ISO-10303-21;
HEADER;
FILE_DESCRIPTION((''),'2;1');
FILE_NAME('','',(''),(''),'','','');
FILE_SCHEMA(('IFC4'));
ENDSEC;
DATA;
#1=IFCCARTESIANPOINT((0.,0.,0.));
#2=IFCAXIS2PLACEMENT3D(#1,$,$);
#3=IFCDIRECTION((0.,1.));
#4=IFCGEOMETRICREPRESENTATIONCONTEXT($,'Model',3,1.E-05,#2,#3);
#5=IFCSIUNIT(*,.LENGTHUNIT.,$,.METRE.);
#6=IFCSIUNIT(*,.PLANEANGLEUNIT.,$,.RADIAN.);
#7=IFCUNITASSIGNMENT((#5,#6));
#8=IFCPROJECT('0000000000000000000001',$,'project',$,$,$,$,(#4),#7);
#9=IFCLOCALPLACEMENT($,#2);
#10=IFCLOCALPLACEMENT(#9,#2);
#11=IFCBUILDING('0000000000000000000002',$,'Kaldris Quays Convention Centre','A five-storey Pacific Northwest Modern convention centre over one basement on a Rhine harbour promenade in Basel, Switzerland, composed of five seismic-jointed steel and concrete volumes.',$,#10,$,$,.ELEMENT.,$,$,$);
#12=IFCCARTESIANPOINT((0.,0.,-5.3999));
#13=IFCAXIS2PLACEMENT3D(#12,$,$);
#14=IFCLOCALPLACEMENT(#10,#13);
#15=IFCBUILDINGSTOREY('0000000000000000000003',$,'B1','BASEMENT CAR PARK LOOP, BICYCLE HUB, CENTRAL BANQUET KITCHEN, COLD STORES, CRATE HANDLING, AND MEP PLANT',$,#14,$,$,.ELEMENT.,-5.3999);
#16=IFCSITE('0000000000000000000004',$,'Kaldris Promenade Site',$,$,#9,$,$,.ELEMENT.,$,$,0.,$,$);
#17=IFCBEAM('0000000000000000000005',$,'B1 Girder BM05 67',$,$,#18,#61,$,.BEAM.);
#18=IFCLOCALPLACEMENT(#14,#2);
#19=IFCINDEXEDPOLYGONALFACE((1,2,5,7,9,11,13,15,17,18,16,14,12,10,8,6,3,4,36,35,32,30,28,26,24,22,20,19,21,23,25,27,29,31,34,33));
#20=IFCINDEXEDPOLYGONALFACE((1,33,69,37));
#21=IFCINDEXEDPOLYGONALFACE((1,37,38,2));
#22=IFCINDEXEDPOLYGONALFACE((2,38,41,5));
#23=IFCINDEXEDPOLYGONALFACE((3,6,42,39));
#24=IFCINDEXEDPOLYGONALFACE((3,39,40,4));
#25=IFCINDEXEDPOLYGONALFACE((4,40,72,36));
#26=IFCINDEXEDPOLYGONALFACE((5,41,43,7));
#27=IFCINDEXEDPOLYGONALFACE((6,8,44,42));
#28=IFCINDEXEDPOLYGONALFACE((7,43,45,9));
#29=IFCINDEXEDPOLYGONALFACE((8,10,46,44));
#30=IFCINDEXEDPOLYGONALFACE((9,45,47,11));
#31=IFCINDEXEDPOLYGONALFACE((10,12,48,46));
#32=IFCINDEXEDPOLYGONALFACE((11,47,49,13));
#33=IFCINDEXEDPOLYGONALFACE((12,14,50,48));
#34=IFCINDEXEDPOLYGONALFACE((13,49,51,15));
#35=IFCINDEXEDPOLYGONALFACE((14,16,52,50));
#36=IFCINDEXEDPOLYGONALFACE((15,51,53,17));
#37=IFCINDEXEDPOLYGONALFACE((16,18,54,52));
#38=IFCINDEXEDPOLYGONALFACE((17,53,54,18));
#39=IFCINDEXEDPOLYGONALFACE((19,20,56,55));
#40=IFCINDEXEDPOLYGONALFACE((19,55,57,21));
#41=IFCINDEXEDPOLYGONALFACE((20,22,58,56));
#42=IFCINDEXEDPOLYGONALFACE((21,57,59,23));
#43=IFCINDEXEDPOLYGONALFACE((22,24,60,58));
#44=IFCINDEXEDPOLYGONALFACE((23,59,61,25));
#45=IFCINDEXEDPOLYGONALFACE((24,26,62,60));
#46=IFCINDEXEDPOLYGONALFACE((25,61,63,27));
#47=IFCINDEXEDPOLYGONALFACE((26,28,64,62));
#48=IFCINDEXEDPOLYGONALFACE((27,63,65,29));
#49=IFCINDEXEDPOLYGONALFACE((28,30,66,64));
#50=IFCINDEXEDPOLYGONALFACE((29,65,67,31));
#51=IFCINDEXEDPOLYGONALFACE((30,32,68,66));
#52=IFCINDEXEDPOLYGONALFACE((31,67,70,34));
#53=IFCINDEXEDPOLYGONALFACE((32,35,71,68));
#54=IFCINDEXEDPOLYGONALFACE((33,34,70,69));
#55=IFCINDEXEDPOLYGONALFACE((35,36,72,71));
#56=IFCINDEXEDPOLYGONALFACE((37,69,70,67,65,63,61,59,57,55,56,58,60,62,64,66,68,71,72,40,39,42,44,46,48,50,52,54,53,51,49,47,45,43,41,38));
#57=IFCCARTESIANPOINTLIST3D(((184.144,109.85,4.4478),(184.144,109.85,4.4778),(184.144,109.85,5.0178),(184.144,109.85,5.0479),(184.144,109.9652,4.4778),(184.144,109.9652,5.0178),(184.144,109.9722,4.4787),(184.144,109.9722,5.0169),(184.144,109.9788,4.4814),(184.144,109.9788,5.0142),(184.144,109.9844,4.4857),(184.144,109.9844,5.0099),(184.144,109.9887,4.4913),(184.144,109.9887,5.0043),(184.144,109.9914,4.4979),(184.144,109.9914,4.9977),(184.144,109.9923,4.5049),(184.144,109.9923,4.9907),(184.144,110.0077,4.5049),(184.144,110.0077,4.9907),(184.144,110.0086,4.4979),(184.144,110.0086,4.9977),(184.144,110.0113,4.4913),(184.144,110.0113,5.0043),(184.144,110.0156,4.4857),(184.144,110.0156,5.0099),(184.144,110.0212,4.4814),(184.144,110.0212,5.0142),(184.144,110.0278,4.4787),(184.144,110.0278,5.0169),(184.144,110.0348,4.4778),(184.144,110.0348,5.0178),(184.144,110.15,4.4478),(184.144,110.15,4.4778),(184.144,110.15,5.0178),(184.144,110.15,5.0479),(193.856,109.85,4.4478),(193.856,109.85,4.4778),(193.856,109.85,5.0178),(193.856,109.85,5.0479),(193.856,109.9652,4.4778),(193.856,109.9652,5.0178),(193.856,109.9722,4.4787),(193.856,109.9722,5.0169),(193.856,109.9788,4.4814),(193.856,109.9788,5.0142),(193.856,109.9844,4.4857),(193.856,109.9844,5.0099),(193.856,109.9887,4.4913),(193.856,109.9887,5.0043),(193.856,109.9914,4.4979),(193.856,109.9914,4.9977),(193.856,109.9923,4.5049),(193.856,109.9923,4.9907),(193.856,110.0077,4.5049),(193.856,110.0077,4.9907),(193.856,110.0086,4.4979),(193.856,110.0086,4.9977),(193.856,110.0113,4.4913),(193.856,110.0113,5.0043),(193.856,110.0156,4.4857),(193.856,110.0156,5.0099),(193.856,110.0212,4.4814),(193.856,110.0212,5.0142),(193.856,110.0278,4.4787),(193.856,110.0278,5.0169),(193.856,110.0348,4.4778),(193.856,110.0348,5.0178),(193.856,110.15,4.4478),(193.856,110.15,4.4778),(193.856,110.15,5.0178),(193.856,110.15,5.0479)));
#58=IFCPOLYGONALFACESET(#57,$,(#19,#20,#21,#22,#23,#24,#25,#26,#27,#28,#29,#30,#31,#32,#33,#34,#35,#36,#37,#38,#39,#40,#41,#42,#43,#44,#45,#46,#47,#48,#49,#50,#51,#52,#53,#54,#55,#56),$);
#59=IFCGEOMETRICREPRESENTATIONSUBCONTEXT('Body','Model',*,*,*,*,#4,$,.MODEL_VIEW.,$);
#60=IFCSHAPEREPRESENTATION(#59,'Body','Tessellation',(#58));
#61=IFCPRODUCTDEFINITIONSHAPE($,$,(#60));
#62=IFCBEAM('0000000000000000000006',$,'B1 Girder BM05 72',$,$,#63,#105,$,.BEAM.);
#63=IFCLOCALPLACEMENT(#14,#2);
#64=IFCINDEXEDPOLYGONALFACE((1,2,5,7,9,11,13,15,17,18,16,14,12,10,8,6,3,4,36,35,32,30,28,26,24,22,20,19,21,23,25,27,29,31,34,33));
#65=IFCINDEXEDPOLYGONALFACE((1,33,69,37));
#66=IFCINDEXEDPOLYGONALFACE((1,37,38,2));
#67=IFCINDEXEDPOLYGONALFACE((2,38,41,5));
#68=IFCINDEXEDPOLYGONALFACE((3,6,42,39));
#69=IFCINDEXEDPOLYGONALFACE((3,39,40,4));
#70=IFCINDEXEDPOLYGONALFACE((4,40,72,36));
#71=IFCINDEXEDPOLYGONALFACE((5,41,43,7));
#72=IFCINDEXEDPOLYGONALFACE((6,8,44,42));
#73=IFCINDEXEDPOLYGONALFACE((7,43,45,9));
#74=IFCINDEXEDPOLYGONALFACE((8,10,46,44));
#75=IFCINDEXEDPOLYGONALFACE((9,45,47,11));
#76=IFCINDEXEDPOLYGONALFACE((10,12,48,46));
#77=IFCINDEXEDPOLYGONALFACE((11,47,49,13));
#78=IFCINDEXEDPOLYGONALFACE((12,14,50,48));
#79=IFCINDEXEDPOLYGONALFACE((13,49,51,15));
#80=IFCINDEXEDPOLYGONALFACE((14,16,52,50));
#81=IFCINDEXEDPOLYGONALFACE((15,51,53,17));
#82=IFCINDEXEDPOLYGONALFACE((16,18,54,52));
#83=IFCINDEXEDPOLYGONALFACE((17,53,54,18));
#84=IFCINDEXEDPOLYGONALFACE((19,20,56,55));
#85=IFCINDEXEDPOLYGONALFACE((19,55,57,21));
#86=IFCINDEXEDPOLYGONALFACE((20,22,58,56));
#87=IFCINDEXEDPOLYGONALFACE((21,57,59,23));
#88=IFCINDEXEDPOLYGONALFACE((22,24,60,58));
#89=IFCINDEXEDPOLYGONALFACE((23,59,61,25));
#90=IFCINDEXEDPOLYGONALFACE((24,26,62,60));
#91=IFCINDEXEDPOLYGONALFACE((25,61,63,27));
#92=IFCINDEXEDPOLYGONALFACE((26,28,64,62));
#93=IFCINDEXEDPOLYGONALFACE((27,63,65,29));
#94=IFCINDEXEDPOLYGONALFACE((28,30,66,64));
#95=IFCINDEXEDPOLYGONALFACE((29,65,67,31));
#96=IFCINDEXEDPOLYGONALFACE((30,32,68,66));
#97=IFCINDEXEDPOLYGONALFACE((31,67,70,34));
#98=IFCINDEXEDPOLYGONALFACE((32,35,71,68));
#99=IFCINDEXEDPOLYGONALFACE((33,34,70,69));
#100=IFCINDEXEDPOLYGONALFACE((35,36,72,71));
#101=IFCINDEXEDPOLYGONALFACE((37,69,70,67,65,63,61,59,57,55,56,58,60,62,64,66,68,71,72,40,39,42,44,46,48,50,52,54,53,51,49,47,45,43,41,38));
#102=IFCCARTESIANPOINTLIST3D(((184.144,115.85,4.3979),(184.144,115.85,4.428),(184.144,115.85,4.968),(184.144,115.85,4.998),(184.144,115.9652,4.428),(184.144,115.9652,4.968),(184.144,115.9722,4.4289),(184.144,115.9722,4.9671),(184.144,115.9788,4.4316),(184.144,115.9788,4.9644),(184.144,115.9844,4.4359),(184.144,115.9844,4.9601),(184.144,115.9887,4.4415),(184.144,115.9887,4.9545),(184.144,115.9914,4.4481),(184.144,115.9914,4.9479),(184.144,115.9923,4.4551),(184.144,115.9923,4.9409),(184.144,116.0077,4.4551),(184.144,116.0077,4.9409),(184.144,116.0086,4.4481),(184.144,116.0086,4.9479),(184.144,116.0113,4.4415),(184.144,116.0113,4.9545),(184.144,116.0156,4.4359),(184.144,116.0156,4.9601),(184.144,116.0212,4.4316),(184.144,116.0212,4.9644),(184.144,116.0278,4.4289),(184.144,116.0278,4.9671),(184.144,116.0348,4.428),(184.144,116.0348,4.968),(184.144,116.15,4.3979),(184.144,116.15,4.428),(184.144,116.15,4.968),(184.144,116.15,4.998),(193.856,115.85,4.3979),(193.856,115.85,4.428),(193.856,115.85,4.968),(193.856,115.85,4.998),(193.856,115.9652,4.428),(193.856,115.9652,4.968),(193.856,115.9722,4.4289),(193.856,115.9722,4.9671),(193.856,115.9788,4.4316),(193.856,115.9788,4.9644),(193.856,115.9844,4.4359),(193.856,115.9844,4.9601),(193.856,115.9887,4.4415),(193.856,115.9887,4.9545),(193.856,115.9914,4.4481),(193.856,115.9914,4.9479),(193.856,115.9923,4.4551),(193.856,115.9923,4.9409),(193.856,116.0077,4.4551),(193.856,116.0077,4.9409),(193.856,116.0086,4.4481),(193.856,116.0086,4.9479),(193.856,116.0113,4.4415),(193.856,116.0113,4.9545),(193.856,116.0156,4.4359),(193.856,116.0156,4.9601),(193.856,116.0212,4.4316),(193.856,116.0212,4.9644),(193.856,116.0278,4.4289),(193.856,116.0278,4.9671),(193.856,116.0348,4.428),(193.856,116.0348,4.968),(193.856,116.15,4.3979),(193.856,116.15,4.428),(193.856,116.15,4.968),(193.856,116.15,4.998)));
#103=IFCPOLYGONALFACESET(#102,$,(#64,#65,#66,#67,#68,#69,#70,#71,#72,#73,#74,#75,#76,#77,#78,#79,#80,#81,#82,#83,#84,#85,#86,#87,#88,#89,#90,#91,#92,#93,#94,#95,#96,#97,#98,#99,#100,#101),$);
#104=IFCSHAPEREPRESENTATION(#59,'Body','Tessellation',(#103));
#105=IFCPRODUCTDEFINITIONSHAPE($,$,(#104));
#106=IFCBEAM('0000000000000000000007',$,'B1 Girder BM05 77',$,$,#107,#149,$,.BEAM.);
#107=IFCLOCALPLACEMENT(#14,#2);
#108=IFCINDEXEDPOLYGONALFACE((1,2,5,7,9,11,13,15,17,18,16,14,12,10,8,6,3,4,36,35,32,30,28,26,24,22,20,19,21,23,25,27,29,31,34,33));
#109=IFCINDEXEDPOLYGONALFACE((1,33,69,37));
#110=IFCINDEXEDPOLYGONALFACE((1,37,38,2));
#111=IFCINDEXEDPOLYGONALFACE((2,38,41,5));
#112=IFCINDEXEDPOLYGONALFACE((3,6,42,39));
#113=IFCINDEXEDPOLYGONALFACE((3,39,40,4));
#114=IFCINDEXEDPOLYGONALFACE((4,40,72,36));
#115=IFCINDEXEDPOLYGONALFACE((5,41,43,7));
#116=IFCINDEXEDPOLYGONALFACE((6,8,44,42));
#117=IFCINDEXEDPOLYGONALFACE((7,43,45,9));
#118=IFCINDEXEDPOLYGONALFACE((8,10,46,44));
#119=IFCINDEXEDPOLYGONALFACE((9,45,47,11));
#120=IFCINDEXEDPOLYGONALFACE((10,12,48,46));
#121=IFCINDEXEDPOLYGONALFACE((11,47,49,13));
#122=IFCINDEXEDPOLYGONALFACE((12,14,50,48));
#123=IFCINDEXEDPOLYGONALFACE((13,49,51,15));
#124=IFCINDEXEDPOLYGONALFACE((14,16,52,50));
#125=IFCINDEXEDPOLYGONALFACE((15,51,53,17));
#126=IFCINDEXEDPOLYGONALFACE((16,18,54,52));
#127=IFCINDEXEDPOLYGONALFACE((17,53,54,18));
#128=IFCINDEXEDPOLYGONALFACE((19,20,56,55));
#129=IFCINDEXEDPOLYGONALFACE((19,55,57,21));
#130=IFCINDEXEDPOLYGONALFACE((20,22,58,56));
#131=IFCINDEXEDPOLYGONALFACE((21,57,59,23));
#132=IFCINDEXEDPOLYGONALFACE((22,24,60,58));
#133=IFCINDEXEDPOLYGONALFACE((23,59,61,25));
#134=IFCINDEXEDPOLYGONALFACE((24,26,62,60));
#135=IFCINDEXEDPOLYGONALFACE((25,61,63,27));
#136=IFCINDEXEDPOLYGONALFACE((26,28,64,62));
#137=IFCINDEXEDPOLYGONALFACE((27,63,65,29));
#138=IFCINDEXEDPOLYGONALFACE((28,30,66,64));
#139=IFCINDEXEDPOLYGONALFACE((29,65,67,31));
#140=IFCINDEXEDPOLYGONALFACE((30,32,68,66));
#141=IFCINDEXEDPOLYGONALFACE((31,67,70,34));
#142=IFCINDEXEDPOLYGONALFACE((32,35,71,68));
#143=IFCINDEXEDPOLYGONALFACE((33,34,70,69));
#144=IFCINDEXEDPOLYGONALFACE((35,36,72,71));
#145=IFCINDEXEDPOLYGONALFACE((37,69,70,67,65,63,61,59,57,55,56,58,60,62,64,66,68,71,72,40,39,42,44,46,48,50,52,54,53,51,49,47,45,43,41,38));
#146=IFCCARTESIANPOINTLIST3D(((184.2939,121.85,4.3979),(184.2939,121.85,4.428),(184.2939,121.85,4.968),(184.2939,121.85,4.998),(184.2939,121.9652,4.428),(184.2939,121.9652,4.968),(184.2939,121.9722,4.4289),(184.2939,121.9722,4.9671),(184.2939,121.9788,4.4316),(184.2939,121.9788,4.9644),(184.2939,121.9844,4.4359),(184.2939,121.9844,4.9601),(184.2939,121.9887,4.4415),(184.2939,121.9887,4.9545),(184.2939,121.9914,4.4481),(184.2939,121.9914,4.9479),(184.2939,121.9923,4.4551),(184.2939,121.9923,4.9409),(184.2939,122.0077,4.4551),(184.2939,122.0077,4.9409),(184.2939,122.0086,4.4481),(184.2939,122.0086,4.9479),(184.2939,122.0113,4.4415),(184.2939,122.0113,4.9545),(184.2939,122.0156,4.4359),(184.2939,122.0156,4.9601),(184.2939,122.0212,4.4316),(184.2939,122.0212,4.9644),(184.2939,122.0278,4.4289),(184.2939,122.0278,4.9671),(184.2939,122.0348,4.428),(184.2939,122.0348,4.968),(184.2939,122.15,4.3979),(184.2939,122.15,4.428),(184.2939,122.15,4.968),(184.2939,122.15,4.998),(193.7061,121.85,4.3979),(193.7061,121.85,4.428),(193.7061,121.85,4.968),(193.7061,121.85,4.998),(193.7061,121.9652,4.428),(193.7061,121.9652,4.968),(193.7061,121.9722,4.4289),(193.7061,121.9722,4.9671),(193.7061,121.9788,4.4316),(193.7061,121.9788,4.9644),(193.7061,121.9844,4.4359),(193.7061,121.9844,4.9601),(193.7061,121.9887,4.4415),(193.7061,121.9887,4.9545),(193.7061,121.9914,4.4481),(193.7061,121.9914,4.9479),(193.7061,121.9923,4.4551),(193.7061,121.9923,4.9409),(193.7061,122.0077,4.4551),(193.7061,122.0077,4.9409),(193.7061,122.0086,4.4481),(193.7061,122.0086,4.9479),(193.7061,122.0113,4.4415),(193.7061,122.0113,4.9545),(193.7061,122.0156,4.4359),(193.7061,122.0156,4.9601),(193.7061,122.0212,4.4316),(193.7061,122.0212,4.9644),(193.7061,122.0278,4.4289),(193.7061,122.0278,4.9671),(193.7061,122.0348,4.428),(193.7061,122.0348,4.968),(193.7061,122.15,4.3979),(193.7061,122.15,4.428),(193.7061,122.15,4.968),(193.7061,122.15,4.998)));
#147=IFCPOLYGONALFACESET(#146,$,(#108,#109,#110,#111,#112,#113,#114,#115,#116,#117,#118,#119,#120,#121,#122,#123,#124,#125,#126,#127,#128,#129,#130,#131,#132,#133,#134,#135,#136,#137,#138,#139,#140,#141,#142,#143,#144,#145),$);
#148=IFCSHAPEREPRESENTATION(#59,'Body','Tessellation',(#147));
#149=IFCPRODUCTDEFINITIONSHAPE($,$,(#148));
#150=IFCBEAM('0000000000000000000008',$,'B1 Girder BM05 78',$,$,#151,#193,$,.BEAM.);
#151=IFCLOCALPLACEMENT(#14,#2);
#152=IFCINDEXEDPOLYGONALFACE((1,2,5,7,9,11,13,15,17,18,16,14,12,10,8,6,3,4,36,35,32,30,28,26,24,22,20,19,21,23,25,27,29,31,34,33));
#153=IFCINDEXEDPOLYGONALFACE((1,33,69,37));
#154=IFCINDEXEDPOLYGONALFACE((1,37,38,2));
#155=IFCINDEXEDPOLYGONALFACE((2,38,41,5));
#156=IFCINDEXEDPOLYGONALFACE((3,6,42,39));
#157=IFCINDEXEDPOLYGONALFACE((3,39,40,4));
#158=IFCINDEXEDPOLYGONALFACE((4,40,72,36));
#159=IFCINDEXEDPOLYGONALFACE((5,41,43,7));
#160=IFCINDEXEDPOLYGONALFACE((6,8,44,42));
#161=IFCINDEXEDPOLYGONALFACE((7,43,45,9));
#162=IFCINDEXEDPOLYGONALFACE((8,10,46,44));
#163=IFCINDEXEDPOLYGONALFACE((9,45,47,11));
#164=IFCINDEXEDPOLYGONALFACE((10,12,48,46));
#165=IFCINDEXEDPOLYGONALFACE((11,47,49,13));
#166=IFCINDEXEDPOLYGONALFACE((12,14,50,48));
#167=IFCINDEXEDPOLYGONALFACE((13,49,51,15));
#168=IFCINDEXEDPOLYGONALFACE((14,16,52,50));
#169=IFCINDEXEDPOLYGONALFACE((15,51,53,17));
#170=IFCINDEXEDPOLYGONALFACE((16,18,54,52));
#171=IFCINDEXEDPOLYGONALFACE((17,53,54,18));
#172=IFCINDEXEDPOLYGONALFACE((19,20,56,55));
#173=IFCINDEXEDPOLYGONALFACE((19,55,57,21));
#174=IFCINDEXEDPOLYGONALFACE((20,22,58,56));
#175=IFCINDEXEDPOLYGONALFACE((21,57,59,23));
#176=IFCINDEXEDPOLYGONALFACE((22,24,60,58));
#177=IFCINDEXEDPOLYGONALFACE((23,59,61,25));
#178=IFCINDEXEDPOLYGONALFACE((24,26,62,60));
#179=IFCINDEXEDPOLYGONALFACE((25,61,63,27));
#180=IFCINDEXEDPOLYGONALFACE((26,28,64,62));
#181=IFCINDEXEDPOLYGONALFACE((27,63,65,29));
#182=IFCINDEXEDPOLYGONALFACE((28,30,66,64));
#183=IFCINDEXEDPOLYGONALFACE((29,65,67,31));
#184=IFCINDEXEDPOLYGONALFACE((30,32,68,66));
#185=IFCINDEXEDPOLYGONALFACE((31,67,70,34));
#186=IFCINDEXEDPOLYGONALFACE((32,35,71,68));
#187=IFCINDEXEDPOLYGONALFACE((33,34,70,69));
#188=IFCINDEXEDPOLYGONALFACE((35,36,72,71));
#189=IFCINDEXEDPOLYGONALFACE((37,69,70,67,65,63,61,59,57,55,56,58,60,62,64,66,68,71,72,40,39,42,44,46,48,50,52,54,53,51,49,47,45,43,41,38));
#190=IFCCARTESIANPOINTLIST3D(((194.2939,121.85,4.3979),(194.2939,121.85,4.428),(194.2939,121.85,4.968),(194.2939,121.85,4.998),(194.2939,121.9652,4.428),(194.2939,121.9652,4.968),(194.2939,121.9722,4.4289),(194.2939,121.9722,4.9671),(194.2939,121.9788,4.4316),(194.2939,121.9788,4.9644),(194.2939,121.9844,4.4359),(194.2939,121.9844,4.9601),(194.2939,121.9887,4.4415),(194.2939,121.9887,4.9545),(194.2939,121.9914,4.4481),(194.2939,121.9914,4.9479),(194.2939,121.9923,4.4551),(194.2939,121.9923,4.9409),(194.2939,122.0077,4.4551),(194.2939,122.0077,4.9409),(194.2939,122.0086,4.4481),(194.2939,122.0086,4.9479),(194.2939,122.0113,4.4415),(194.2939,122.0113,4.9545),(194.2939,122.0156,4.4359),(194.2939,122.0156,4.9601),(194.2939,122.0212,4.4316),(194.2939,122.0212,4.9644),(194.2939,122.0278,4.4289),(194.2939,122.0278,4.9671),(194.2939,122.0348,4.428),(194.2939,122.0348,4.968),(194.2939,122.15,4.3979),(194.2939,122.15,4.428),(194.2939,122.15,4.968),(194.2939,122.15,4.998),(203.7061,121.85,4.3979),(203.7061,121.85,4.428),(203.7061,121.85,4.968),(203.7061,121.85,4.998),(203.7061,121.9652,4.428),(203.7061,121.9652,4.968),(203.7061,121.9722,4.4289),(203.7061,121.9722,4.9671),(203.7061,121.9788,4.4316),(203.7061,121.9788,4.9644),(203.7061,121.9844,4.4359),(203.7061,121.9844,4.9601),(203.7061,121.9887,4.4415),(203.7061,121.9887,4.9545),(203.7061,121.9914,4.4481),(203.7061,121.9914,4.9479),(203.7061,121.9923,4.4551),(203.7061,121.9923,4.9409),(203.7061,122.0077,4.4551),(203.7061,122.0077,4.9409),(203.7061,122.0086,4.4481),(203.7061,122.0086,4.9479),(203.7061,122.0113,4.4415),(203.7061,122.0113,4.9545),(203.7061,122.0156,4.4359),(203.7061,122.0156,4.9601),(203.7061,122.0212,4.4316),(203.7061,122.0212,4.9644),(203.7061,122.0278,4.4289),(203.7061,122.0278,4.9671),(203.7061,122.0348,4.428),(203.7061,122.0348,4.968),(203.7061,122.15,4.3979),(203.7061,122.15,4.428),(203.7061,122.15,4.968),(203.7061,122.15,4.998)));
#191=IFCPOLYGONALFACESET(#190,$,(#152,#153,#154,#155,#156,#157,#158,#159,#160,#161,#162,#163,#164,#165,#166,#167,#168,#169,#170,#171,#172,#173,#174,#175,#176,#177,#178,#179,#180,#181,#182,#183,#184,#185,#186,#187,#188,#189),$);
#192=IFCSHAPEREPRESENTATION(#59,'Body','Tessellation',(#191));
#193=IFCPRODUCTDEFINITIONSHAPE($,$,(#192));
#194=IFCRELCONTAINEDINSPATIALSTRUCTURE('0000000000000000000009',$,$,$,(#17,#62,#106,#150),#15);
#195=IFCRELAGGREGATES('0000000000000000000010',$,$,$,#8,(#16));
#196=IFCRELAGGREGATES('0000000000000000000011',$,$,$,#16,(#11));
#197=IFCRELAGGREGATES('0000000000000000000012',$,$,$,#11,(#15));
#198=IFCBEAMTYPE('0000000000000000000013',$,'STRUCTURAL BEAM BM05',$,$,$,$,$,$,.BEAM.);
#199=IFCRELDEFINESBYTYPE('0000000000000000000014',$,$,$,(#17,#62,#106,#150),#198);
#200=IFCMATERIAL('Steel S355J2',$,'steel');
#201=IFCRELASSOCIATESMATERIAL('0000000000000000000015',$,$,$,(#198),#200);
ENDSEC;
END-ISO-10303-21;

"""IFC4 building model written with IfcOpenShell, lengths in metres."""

from ifc_helpers import new_model, si_unit, direction, frame, origin, origin_2d, place, context, subcontext, project, spatial, i_section, extrude, material, material_profile, profile_set, type_object, element, save


model = new_model("IFC4")

# Units and contexts
model_context = context("Model", 3, precision=1e-05, world=origin(), true_north=direction((0.0, 1.0)))
body_context = subcontext(model_context, "Body", "Model", "MODEL_VIEW")
ifc_project = project(units=[si_unit("LENGTHUNIT", "METRE"), si_unit("PLANEANGLEUNIT", "RADIAN")], contexts=[model_context])

# Site, building, storey
site_placement = place(None, origin())
site = spatial("IfcSite", under=ifc_project, at=site_placement, Name="Kaldris Promenade Site", CompositionType="ELEMENT", RefElevation=0.0)
building_placement = place(site_placement, origin())
building = spatial("IfcBuilding", under=site, at=building_placement, Name="Kaldris Quays Convention Centre", Description="A five-storey Pacific Northwest Modern convention centre over one basement on a Rhine harbour promenade in Basel, Switzerland, composed of five seismic-jointed steel and concrete volumes.", CompositionType="ELEMENT")
storey_placement = place(building_placement, frame((0.0, 0.0, -5.3999)))
storey = spatial("IfcBuildingStorey", under=building, at=storey_placement, Name="B1", Description="BASEMENT CAR PARK LOOP, BICYCLE HUB, CENTRAL BANQUET KITCHEN, COLD STORES, CRATE HANDLING, AND MEP PLANT", CompositionType="ELEMENT", Elevation=-5.3999)

# Shared definitions
ifc_material_1 = material(Name="Steel S355J2", Category="steel")

# Beams
ifc_material_profile_1 = material_profile(ifc_material_1, i_section(OverallWidth=0.3, OverallDepth=0.6001, WebThickness=0.0154, FlangeThickness=0.03, FilletRadius=0.0271, at=origin_2d()), Name="HEB 600")
ifc_profile_set_1 = profile_set([ifc_material_profile_1], Name="Steel S355J2")
beam_type_1 = type_object("IfcBeamType", Name="STRUCTURAL BEAM BM05", PredefinedType="BEAM", material=ifc_profile_set_1)
for number, where, z_axis, x_axis, name in (
    (1, (184.144, 110.0, 4.7478), (1.0, 0.0, 0.0), (0.0, 1.0, 0.0), "B1 Girder BM05 67"),
    (2, (184.144, 116.0, 4.698), (1.0, 0.0, 0.0), (0.0, 1.0, 0.0), "B1 Girder BM05 72"),
):
    element("IfcBeam", number, at=place(storey_placement, frame(where, z_axis=z_axis, x_axis=x_axis)), inside=storey, type_object=beam_type_1, Name=name, PredefinedType="BEAM", context=body_context, shape_type="SweptSolid", body=[
        extrude(i_section(OverallWidth=0.3, OverallDepth=0.6001, WebThickness=0.0154, FlangeThickness=0.03, FilletRadius=0.0271, at=origin_2d()), origin(), (0.0, 0.0, 1.0), 9.7119),
    ])
for number, where, z_axis, x_axis, name in (
    (3, (184.2939, 122.0, 4.698), (1.0, 0.0, 0.0), (0.0, 1.0, 0.0), "B1 Girder BM05 77"),
    (4, (194.2939, 122.0, 4.698), (1.0, 0.0, 0.0), (0.0, 1.0, 0.0), "B1 Girder BM05 78"),
):
    element("IfcBeam", number, at=place(storey_placement, frame(where, z_axis=z_axis, x_axis=x_axis)), inside=storey, type_object=beam_type_1, Name=name, PredefinedType="BEAM", context=body_context, shape_type="SweptSolid", body=[
        extrude(i_section(OverallWidth=0.3, OverallDepth=0.6001, WebThickness=0.0154, FlangeThickness=0.03, FilletRadius=0.0271, at=origin_2d()), origin(), (0.0, 0.0, 1.0), 9.4121),
    ])

save(model, "model.ifc")
